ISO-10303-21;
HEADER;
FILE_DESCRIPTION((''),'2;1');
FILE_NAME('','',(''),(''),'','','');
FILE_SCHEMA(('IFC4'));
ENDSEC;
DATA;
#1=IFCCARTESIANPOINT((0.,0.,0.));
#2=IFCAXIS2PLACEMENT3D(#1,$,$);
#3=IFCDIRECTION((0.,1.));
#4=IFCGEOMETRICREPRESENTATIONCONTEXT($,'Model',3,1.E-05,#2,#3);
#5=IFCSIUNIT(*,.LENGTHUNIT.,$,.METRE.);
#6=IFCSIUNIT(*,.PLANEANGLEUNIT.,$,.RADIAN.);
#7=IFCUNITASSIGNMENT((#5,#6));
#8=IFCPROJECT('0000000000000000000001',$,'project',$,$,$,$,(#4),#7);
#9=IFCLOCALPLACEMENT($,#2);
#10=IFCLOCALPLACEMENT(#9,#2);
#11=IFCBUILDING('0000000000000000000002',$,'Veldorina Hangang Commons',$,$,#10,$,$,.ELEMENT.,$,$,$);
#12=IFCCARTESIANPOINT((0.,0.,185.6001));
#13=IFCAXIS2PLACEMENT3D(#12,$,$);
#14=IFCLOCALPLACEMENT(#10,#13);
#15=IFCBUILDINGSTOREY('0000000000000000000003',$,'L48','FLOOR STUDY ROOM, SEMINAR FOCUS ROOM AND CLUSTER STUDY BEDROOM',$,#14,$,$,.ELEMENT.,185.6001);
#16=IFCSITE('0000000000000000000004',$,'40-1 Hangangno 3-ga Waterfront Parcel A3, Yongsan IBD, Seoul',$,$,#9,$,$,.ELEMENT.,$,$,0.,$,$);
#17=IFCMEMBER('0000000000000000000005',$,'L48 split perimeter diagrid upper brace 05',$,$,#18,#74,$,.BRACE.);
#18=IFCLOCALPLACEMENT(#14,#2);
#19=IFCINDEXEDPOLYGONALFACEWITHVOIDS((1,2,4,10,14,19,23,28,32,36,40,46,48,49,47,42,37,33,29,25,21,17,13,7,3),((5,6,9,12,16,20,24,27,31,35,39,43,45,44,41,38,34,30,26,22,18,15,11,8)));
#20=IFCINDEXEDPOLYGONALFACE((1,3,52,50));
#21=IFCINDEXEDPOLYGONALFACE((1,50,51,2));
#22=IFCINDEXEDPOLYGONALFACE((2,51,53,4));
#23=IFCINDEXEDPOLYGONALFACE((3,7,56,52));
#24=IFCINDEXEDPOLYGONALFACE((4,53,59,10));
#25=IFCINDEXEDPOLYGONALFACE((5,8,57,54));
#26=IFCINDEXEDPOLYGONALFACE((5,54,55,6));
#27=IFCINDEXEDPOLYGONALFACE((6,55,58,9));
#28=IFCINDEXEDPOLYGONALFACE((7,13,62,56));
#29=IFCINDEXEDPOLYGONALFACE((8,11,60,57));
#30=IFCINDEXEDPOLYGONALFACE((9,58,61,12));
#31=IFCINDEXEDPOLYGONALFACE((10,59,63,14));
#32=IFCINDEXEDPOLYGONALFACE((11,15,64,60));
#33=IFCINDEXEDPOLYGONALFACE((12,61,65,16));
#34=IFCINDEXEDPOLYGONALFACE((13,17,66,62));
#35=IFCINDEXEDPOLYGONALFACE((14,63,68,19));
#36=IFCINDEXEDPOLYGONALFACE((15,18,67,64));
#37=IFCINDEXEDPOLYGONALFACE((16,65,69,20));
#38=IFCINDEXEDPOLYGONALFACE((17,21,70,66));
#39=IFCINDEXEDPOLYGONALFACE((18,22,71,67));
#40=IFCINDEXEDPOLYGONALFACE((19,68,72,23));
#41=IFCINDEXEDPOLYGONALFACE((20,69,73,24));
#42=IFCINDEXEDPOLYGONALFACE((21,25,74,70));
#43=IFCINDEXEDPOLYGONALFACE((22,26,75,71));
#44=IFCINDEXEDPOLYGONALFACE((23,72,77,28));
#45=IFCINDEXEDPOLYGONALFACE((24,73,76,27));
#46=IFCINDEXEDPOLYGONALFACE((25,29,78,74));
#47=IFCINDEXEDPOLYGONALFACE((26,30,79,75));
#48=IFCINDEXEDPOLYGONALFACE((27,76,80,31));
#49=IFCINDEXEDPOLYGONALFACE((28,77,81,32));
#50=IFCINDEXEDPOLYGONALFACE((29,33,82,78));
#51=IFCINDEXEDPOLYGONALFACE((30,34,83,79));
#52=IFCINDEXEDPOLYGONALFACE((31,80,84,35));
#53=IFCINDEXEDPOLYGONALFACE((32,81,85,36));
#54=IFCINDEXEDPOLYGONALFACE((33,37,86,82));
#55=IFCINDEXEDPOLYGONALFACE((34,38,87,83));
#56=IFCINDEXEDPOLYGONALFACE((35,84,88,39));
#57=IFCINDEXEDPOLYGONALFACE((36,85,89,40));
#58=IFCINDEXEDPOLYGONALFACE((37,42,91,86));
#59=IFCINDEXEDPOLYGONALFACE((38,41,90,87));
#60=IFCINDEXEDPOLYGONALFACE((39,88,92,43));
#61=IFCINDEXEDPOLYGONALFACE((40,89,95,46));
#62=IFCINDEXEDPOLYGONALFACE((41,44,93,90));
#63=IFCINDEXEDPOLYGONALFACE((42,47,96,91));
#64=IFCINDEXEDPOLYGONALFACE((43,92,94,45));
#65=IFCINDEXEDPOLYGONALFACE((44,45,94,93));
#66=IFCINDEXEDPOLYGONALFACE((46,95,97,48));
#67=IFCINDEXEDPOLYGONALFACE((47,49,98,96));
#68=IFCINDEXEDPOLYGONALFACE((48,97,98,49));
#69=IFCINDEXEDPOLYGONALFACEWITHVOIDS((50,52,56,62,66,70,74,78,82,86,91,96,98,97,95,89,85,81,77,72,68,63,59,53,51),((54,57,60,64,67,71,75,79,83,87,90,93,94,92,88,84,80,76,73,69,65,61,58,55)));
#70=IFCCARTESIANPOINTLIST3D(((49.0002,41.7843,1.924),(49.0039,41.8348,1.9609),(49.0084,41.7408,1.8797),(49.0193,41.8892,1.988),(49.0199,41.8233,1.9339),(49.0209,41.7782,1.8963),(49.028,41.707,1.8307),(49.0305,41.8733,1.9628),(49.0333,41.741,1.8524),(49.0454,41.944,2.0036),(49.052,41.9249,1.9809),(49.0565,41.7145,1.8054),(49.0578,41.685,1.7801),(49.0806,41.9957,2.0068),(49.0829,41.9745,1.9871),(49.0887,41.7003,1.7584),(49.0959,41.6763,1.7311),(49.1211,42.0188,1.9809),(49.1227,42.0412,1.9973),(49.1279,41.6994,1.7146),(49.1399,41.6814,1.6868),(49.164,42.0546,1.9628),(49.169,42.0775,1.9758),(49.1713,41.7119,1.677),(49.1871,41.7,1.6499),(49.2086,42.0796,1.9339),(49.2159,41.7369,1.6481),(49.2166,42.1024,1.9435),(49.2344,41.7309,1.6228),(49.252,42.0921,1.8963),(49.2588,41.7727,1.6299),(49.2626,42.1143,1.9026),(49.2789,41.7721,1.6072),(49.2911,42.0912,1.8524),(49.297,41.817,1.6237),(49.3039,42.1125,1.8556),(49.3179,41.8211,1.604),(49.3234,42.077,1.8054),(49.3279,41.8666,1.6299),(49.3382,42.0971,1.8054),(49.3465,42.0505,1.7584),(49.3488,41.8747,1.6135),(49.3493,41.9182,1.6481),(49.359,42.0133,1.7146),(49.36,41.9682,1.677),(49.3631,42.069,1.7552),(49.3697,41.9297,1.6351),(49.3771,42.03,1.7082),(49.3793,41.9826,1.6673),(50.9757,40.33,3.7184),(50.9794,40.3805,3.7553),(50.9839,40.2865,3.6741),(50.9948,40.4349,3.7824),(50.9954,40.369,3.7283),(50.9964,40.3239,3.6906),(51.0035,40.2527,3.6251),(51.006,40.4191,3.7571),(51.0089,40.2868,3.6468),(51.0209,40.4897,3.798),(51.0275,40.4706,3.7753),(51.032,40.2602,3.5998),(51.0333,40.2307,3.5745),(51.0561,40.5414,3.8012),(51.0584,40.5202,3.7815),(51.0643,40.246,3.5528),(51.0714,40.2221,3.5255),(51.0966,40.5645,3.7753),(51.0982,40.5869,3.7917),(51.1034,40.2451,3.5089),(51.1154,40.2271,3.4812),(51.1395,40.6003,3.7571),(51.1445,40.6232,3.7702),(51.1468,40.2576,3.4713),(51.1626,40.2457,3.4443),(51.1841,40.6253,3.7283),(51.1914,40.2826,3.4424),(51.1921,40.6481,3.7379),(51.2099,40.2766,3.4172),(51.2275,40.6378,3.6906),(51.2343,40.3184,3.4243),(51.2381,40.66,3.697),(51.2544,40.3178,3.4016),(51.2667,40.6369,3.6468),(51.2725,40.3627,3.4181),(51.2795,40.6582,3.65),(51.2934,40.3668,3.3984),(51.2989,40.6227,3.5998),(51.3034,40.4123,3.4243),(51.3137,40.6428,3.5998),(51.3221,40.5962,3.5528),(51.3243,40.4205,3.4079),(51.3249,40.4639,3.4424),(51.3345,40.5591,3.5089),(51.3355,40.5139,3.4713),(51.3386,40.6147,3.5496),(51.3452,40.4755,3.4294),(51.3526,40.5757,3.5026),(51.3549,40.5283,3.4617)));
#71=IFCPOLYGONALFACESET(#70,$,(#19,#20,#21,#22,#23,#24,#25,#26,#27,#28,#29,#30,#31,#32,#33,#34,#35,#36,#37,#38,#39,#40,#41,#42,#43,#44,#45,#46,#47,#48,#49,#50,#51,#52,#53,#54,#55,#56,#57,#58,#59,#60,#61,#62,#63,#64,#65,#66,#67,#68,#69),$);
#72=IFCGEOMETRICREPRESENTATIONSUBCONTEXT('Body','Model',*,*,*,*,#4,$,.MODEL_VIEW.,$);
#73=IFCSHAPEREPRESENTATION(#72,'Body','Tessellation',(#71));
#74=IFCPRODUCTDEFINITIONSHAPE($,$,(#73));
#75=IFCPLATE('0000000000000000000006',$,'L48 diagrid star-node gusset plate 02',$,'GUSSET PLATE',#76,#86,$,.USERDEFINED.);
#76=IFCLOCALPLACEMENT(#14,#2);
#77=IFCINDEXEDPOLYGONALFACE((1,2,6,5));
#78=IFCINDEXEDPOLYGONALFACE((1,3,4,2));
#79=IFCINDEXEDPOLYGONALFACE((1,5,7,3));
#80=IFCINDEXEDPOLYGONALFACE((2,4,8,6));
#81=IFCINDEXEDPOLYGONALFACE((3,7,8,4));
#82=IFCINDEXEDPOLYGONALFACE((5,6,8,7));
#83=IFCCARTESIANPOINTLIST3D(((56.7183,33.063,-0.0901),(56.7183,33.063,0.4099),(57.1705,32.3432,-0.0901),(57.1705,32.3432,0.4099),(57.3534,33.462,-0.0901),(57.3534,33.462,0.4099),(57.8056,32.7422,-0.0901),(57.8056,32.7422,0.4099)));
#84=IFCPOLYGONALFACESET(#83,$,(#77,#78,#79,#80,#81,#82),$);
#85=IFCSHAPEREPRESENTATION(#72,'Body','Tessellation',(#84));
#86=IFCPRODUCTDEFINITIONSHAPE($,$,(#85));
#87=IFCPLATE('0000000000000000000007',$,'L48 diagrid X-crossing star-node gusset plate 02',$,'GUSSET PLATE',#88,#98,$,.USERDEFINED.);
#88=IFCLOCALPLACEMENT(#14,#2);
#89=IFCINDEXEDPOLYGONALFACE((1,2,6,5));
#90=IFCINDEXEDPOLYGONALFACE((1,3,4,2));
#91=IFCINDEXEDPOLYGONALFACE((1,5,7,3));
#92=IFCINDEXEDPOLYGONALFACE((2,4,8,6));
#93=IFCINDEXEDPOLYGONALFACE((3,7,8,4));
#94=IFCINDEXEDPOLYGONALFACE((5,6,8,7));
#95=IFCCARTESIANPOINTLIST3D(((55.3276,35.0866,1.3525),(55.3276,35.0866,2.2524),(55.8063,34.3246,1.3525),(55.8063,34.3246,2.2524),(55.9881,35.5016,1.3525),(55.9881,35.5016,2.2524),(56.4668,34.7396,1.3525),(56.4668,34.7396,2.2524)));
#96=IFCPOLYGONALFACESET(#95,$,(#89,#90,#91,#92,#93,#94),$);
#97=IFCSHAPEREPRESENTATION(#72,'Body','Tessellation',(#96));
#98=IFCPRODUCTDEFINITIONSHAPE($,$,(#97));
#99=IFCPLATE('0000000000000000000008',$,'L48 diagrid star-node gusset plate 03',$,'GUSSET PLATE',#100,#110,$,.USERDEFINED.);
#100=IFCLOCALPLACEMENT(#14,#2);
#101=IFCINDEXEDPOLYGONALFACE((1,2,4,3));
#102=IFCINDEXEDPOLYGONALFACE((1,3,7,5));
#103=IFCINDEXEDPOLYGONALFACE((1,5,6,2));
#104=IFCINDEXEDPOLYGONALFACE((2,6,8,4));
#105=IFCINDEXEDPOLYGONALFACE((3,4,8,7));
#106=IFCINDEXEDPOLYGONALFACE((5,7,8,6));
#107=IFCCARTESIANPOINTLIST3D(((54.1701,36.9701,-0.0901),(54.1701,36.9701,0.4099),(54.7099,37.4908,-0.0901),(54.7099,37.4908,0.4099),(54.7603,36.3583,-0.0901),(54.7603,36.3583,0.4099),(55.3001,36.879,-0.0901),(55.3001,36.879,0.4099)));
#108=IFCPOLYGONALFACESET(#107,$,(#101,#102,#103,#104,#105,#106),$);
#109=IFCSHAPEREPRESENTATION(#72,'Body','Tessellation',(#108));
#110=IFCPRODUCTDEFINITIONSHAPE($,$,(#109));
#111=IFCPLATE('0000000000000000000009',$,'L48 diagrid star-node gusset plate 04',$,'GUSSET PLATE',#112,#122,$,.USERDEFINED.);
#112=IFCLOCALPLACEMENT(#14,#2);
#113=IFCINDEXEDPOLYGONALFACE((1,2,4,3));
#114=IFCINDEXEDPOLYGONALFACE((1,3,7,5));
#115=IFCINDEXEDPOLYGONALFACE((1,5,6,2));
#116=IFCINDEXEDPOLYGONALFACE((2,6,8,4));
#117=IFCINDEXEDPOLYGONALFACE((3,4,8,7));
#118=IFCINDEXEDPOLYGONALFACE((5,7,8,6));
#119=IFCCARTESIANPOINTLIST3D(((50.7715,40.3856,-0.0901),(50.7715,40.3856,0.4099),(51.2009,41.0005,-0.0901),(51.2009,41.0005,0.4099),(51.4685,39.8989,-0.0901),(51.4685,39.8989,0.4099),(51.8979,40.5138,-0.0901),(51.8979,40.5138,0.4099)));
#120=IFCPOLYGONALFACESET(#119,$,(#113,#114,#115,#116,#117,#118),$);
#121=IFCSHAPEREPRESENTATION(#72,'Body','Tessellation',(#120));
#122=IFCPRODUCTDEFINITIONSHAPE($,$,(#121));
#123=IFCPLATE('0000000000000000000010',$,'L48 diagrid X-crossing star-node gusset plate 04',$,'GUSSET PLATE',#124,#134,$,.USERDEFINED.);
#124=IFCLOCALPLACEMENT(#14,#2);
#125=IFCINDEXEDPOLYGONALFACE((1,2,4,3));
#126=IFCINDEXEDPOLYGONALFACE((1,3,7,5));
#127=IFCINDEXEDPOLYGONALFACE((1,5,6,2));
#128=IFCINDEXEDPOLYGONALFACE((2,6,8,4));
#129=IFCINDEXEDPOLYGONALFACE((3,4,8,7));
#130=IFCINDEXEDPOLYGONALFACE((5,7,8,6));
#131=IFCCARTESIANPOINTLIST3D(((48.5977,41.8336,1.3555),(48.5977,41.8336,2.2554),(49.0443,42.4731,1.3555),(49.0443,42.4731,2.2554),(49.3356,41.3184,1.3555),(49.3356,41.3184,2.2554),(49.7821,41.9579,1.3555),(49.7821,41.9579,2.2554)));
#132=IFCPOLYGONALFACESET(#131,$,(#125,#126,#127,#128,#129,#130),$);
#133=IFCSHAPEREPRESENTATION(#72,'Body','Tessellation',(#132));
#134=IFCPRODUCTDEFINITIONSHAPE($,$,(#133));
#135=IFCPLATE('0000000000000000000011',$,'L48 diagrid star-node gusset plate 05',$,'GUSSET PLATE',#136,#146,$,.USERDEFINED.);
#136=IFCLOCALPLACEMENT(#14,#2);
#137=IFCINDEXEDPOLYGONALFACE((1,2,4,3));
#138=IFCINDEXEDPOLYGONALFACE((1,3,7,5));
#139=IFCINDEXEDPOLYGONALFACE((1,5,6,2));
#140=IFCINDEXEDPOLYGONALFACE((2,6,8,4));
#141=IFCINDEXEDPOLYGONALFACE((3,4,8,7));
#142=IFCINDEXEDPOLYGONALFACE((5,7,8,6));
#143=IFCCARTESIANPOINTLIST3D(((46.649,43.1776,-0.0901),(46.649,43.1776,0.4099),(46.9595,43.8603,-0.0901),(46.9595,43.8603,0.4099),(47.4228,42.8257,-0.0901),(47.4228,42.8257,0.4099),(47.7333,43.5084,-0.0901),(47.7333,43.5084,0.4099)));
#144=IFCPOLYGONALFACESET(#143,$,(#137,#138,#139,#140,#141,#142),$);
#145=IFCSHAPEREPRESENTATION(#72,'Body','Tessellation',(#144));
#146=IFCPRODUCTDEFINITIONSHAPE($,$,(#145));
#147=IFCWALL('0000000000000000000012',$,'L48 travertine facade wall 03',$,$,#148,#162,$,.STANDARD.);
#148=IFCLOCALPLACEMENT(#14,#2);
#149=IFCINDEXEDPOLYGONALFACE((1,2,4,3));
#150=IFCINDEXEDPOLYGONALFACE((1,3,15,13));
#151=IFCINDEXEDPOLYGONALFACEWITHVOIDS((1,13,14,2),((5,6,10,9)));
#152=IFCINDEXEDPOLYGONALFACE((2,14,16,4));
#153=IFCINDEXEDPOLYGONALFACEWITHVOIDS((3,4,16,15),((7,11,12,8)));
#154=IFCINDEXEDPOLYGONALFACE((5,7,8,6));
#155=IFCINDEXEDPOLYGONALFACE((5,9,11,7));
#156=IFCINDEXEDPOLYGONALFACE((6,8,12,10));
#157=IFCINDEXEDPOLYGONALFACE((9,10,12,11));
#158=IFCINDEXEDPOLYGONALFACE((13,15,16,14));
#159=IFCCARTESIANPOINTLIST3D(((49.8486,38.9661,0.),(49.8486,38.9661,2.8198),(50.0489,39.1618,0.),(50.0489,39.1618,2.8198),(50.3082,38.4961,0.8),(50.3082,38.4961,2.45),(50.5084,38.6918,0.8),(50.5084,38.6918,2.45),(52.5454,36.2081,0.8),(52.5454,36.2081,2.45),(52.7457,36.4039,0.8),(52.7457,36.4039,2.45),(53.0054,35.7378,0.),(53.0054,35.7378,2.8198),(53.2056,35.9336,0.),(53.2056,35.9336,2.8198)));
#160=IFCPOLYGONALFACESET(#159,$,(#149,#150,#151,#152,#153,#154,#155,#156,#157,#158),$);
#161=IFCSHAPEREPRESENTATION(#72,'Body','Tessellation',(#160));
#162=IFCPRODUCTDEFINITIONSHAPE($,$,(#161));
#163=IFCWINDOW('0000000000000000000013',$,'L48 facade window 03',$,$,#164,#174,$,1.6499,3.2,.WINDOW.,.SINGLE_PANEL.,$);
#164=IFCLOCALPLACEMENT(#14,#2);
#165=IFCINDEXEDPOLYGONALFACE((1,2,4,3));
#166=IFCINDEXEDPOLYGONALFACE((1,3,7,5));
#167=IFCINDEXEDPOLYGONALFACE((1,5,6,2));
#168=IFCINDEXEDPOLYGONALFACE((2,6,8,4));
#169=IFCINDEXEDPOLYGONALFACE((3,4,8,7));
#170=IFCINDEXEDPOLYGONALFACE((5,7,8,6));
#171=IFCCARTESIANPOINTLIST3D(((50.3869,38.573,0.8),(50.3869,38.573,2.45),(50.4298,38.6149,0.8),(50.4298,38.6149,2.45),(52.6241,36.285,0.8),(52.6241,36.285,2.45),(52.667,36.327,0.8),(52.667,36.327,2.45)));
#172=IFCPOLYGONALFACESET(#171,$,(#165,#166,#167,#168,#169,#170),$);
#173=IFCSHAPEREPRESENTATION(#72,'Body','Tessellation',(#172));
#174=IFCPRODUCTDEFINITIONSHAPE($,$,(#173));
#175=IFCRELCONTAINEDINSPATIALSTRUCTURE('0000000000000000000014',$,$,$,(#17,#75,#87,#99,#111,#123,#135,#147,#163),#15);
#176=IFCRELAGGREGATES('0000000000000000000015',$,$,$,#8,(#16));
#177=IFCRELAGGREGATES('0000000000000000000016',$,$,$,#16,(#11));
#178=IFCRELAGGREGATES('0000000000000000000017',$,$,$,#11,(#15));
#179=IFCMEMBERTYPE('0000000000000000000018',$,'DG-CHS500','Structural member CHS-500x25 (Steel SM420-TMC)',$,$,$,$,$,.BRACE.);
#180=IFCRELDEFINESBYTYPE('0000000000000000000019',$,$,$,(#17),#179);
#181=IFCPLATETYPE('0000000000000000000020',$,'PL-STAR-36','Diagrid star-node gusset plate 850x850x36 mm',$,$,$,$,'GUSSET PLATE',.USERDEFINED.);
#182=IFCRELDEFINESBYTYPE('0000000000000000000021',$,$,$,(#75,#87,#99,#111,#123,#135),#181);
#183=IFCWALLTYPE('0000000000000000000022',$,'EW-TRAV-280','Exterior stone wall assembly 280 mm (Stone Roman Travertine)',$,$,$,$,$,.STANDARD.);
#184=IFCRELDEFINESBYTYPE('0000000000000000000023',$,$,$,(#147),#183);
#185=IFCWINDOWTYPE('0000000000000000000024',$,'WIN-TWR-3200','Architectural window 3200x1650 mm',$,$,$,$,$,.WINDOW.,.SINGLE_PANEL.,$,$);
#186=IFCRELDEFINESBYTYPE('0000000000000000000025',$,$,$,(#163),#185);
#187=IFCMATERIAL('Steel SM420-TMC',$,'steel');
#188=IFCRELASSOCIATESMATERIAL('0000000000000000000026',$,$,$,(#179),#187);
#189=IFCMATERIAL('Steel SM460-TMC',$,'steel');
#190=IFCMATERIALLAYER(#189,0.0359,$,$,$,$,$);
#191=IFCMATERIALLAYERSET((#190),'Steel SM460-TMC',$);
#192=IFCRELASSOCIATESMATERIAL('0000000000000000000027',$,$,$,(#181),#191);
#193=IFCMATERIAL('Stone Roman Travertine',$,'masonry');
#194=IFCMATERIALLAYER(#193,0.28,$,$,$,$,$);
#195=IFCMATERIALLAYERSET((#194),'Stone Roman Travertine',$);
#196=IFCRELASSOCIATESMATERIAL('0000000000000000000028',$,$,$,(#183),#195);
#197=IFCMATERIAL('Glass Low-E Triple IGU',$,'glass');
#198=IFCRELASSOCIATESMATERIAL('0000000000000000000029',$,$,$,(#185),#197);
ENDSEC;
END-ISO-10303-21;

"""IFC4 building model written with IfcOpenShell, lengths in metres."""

from ifc_helpers import new_model, si_unit, direction, frame, frame_2d, origin, origin_2d, place, context, subcontext, project, spatial, rectangle, hollow_circle, extrude, material, layer, layer_set, material_profile, profile_set, type_object, element, fill, save


model = new_model("IFC4")

# Units and contexts
model_context = context("Model", 3, precision=1e-05, world=origin(), true_north=direction((0.0, 1.0)))
body_context = subcontext(model_context, "Body", "Model", "MODEL_VIEW")
ifc_project = project(units=[si_unit("LENGTHUNIT", "METRE"), si_unit("PLANEANGLEUNIT", "RADIAN")], contexts=[model_context])

# Site, building, storey
site_placement = place(None, origin())
site = spatial("IfcSite", under=ifc_project, at=site_placement, Name="40-1 Hangangno 3-ga Waterfront Parcel A3, Yongsan IBD, Seoul", CompositionType="ELEMENT", RefElevation=0.0)
building_placement = place(site_placement, origin())
building = spatial("IfcBuilding", under=site, at=building_placement, Name="Veldorina Hangang Commons", CompositionType="ELEMENT")
storey_placement = place(building_placement, frame((0.0, 0.0, 185.6001)))
storey = spatial("IfcBuildingStorey", under=building, at=storey_placement, Name="L48", Description="FLOOR STUDY ROOM, SEMINAR FOCUS ROOM AND CLUSTER STUDY BEDROOM", CompositionType="ELEMENT", Elevation=185.6001)

# Shared definitions
ifc_material_1 = material(Name="Steel SM420-TMC", Category="steel")

# Shared definitions
ifc_material_2 = material(Name="Glass Low-E Triple IGU", Category="glass")

# Member
ifc_material_profile_1 = material_profile(ifc_material_1, hollow_circle(Radius=0.25, WallThickness=0.0249, at=origin_2d()), Name="CHS-500x25")
ifc_profile_set_1 = profile_set([ifc_material_profile_1], Name="Steel SM420-TMC")
member_type_1 = type_object("IfcMemberType", Name="DG-CHS500", Description="Structural member CHS-500x25 (Steel SM420-TMC)", PredefinedType="BRACE", material=ifc_profile_set_1)
member_1_placement = place(storey_placement, frame((49.1899, 41.8958, 1.8054), z_axis=(0.649989, -0.478495, 0.590388), x_axis=(0.592843, 0.805318, 0.0)))
element("IfcMember", 1, at=member_1_placement, inside=storey, type_object=member_type_1, Name="L48 split perimeter diagrid upper brace 05", PredefinedType="BRACE", context=body_context, shape_type="SweptSolid", body=[
    extrude(hollow_circle(Radius=0.25, WallThickness=0.0249, at=origin_2d()), origin(), (0.0, 0.0, 1.0), 3.0393),
])

# Plates
ifc_material_3 = material(Name="Steel SM460-TMC", Category="steel")
ifc_layer_1 = layer(ifc_material_3, 0.0359)
ifc_layer_set_1 = layer_set([ifc_layer_1], Name="Steel SM460-TMC")
plate_type = type_object("IfcPlateType", Name="PL-STAR-36", Description="Diagrid star-node gusset plate 850x850x36 mm", ElementType="GUSSET PLATE", PredefinedType="USERDEFINED", material=ifc_layer_set_1)
plate_1_placement = place(storey_placement, frame((57.262, 32.9026, -0.0901), z_axis=(0.0, 0.0, 1.0), x_axis=(-0.531975, 0.84676, 0.0)))
element("IfcPlate", 2, at=plate_1_placement, inside=storey, type_object=plate_type, Name="L48 diagrid star-node gusset plate 02", ObjectType="GUSSET PLATE", PredefinedType="USERDEFINED", context=body_context, shape_type="SweptSolid", body=[
    extrude(rectangle(XDim=0.8501, YDim=0.75, at=origin_2d()), origin(), (0.0, 0.0, 1.0), 0.5),
])
plate_2_placement = place(storey_placement, frame((55.8972, 34.9131, 1.3525), z_axis=(0.0, 0.0, 1.0), x_axis=(-0.531975, 0.84676, 0.0)))
element("IfcPlate", 3, at=plate_2_placement, inside=storey, type_object=plate_type, Name="L48 diagrid X-crossing star-node gusset plate 02", ObjectType="GUSSET PLATE", PredefinedType="USERDEFINED", context=body_context, shape_type="SweptSolid", body=[
    extrude(rectangle(XDim=0.8999, YDim=0.78, at=origin_2d()), origin(), (0.0, 0.0, 1.0), 0.8999),
])
for number, where, z_axis, x_axis, name in (
    (4, (54.7351, 36.9246, -0.0901), (0.0, 0.0, 1.0), (-0.694257, 0.719728, 0.0), "L48 diagrid star-node gusset plate 03"),
    (5, (51.3347, 40.4497, -0.0901), (0.0, 0.0, 1.0), (-0.819902, 0.572504, 0.0), "L48 diagrid star-node gusset plate 04"),
):
    element("IfcPlate", number, at=place(storey_placement, frame(where, z_axis=z_axis, x_axis=x_axis)), inside=storey, type_object=plate_type, Name=name, ObjectType="GUSSET PLATE", PredefinedType="USERDEFINED", context=body_context, shape_type="SweptSolid", body=[
        extrude(rectangle(XDim=0.8501, YDim=0.75, at=origin_2d()), origin(), (0.0, 0.0, 1.0), 0.5),
    ])
plate_3_placement = place(storey_placement, frame((49.1899, 41.8958, 1.3555), z_axis=(0.0, 0.0, 1.0), x_axis=(-0.819902, 0.572504, 0.0)))
element("IfcPlate", 6, at=plate_3_placement, inside=storey, type_object=plate_type, Name="L48 diagrid X-crossing star-node gusset plate 04", ObjectType="GUSSET PLATE", PredefinedType="USERDEFINED", context=body_context, shape_type="SweptSolid", body=[
    extrude(rectangle(XDim=0.8999, YDim=0.78, at=origin_2d()), origin(), (0.0, 0.0, 1.0), 0.8999),
])
plate_4_placement = place(storey_placement, frame((47.1912, 43.343, -0.0901), z_axis=(0.0, 0.0, 1.0), x_axis=(-0.910294, 0.413963, 0.0)))
element("IfcPlate", 7, at=plate_4_placement, inside=storey, type_object=plate_type, Name="L48 diagrid star-node gusset plate 05", ObjectType="GUSSET PLATE", PredefinedType="USERDEFINED", context=body_context, shape_type="SweptSolid", body=[
    extrude(rectangle(XDim=0.8501, YDim=0.75, at=origin_2d()), origin(), (0.0, 0.0, 1.0), 0.5),
])

# Wall, opening, window
ifc_material_4 = material(Name="Stone Roman Travertine", Category="masonry")
ifc_layer_2 = layer(ifc_material_4, 0.28)
ifc_layer_set_2 = layer_set([ifc_layer_2], Name="Stone Roman Travertine")
wall_type_1 = type_object("IfcWallType", Name="EW-TRAV-280", Description="Exterior stone wall assembly 280 mm (Stone Roman Travertine)", PredefinedType="STANDARD", material=ifc_layer_set_2)
wall_1_placement = place(storey_placement, frame((53.1055, 35.8357, 0.0), z_axis=(0.0, 0.0, 1.0), x_axis=(-0.699141, 0.714984, 0.0)))
wall_1 = element("IfcWall", 8, at=wall_1_placement, inside=storey, type_object=wall_type_1, Name="L48 travertine facade wall 03", PredefinedType="STANDARD", context=body_context, shape_type="SweptSolid", body=[
    extrude(rectangle(XDim=4.5151, YDim=0.28, at=frame_2d((2.2576, 0.0))), origin(), (0.0, 0.0, 1.0), 2.8198),
])
opening_1_placement = place(wall_1_placement, frame((0.6577, 0.0, 0.8)))
opening_1 = element("IfcOpeningElement", 9, at=opening_1_placement, cuts=wall_1, PredefinedType="OPENING", context=body_context, shape_type="SweptSolid", body=[
    extrude(rectangle(XDim=3.2, YDim=1.6499, at=frame_2d((1.6001, 0.825))), frame((0.0, 0.1499, 0.0), z_axis=(0.0, -1.0, 0.0), x_axis=(1.0, 0.0, 0.0)), (0.0, 0.0, 1.0), 0.3),
])
window_type = type_object("IfcWindowType", Name="WIN-TWR-3200", Description="Architectural window 3200x1650 mm", PartitioningType="SINGLE_PANEL", PredefinedType="WINDOW", material=ifc_material_2)
window_1_placement = place(opening_1_placement, origin())
window_1 = element("IfcWindow", 10, at=window_1_placement, inside=storey, type_object=window_type, Name="L48 facade window 03", OverallHeight=1.6499, OverallWidth=3.2, PartitioningType="SINGLE_PANEL", PredefinedType="WINDOW", context=body_context, shape_type="SweptSolid", body=[
    extrude(rectangle(XDim=3.2, YDim=1.6499, at=frame_2d((1.6001, 0.825))), frame((0.0, 0.03, 0.0), z_axis=(0.0, -1.0, 0.0), x_axis=(1.0, 0.0, 0.0)), (0.0, 0.0, 1.0), 0.0601),
])
fill(opening_1, window_1)

save(model, "model.ifc")
